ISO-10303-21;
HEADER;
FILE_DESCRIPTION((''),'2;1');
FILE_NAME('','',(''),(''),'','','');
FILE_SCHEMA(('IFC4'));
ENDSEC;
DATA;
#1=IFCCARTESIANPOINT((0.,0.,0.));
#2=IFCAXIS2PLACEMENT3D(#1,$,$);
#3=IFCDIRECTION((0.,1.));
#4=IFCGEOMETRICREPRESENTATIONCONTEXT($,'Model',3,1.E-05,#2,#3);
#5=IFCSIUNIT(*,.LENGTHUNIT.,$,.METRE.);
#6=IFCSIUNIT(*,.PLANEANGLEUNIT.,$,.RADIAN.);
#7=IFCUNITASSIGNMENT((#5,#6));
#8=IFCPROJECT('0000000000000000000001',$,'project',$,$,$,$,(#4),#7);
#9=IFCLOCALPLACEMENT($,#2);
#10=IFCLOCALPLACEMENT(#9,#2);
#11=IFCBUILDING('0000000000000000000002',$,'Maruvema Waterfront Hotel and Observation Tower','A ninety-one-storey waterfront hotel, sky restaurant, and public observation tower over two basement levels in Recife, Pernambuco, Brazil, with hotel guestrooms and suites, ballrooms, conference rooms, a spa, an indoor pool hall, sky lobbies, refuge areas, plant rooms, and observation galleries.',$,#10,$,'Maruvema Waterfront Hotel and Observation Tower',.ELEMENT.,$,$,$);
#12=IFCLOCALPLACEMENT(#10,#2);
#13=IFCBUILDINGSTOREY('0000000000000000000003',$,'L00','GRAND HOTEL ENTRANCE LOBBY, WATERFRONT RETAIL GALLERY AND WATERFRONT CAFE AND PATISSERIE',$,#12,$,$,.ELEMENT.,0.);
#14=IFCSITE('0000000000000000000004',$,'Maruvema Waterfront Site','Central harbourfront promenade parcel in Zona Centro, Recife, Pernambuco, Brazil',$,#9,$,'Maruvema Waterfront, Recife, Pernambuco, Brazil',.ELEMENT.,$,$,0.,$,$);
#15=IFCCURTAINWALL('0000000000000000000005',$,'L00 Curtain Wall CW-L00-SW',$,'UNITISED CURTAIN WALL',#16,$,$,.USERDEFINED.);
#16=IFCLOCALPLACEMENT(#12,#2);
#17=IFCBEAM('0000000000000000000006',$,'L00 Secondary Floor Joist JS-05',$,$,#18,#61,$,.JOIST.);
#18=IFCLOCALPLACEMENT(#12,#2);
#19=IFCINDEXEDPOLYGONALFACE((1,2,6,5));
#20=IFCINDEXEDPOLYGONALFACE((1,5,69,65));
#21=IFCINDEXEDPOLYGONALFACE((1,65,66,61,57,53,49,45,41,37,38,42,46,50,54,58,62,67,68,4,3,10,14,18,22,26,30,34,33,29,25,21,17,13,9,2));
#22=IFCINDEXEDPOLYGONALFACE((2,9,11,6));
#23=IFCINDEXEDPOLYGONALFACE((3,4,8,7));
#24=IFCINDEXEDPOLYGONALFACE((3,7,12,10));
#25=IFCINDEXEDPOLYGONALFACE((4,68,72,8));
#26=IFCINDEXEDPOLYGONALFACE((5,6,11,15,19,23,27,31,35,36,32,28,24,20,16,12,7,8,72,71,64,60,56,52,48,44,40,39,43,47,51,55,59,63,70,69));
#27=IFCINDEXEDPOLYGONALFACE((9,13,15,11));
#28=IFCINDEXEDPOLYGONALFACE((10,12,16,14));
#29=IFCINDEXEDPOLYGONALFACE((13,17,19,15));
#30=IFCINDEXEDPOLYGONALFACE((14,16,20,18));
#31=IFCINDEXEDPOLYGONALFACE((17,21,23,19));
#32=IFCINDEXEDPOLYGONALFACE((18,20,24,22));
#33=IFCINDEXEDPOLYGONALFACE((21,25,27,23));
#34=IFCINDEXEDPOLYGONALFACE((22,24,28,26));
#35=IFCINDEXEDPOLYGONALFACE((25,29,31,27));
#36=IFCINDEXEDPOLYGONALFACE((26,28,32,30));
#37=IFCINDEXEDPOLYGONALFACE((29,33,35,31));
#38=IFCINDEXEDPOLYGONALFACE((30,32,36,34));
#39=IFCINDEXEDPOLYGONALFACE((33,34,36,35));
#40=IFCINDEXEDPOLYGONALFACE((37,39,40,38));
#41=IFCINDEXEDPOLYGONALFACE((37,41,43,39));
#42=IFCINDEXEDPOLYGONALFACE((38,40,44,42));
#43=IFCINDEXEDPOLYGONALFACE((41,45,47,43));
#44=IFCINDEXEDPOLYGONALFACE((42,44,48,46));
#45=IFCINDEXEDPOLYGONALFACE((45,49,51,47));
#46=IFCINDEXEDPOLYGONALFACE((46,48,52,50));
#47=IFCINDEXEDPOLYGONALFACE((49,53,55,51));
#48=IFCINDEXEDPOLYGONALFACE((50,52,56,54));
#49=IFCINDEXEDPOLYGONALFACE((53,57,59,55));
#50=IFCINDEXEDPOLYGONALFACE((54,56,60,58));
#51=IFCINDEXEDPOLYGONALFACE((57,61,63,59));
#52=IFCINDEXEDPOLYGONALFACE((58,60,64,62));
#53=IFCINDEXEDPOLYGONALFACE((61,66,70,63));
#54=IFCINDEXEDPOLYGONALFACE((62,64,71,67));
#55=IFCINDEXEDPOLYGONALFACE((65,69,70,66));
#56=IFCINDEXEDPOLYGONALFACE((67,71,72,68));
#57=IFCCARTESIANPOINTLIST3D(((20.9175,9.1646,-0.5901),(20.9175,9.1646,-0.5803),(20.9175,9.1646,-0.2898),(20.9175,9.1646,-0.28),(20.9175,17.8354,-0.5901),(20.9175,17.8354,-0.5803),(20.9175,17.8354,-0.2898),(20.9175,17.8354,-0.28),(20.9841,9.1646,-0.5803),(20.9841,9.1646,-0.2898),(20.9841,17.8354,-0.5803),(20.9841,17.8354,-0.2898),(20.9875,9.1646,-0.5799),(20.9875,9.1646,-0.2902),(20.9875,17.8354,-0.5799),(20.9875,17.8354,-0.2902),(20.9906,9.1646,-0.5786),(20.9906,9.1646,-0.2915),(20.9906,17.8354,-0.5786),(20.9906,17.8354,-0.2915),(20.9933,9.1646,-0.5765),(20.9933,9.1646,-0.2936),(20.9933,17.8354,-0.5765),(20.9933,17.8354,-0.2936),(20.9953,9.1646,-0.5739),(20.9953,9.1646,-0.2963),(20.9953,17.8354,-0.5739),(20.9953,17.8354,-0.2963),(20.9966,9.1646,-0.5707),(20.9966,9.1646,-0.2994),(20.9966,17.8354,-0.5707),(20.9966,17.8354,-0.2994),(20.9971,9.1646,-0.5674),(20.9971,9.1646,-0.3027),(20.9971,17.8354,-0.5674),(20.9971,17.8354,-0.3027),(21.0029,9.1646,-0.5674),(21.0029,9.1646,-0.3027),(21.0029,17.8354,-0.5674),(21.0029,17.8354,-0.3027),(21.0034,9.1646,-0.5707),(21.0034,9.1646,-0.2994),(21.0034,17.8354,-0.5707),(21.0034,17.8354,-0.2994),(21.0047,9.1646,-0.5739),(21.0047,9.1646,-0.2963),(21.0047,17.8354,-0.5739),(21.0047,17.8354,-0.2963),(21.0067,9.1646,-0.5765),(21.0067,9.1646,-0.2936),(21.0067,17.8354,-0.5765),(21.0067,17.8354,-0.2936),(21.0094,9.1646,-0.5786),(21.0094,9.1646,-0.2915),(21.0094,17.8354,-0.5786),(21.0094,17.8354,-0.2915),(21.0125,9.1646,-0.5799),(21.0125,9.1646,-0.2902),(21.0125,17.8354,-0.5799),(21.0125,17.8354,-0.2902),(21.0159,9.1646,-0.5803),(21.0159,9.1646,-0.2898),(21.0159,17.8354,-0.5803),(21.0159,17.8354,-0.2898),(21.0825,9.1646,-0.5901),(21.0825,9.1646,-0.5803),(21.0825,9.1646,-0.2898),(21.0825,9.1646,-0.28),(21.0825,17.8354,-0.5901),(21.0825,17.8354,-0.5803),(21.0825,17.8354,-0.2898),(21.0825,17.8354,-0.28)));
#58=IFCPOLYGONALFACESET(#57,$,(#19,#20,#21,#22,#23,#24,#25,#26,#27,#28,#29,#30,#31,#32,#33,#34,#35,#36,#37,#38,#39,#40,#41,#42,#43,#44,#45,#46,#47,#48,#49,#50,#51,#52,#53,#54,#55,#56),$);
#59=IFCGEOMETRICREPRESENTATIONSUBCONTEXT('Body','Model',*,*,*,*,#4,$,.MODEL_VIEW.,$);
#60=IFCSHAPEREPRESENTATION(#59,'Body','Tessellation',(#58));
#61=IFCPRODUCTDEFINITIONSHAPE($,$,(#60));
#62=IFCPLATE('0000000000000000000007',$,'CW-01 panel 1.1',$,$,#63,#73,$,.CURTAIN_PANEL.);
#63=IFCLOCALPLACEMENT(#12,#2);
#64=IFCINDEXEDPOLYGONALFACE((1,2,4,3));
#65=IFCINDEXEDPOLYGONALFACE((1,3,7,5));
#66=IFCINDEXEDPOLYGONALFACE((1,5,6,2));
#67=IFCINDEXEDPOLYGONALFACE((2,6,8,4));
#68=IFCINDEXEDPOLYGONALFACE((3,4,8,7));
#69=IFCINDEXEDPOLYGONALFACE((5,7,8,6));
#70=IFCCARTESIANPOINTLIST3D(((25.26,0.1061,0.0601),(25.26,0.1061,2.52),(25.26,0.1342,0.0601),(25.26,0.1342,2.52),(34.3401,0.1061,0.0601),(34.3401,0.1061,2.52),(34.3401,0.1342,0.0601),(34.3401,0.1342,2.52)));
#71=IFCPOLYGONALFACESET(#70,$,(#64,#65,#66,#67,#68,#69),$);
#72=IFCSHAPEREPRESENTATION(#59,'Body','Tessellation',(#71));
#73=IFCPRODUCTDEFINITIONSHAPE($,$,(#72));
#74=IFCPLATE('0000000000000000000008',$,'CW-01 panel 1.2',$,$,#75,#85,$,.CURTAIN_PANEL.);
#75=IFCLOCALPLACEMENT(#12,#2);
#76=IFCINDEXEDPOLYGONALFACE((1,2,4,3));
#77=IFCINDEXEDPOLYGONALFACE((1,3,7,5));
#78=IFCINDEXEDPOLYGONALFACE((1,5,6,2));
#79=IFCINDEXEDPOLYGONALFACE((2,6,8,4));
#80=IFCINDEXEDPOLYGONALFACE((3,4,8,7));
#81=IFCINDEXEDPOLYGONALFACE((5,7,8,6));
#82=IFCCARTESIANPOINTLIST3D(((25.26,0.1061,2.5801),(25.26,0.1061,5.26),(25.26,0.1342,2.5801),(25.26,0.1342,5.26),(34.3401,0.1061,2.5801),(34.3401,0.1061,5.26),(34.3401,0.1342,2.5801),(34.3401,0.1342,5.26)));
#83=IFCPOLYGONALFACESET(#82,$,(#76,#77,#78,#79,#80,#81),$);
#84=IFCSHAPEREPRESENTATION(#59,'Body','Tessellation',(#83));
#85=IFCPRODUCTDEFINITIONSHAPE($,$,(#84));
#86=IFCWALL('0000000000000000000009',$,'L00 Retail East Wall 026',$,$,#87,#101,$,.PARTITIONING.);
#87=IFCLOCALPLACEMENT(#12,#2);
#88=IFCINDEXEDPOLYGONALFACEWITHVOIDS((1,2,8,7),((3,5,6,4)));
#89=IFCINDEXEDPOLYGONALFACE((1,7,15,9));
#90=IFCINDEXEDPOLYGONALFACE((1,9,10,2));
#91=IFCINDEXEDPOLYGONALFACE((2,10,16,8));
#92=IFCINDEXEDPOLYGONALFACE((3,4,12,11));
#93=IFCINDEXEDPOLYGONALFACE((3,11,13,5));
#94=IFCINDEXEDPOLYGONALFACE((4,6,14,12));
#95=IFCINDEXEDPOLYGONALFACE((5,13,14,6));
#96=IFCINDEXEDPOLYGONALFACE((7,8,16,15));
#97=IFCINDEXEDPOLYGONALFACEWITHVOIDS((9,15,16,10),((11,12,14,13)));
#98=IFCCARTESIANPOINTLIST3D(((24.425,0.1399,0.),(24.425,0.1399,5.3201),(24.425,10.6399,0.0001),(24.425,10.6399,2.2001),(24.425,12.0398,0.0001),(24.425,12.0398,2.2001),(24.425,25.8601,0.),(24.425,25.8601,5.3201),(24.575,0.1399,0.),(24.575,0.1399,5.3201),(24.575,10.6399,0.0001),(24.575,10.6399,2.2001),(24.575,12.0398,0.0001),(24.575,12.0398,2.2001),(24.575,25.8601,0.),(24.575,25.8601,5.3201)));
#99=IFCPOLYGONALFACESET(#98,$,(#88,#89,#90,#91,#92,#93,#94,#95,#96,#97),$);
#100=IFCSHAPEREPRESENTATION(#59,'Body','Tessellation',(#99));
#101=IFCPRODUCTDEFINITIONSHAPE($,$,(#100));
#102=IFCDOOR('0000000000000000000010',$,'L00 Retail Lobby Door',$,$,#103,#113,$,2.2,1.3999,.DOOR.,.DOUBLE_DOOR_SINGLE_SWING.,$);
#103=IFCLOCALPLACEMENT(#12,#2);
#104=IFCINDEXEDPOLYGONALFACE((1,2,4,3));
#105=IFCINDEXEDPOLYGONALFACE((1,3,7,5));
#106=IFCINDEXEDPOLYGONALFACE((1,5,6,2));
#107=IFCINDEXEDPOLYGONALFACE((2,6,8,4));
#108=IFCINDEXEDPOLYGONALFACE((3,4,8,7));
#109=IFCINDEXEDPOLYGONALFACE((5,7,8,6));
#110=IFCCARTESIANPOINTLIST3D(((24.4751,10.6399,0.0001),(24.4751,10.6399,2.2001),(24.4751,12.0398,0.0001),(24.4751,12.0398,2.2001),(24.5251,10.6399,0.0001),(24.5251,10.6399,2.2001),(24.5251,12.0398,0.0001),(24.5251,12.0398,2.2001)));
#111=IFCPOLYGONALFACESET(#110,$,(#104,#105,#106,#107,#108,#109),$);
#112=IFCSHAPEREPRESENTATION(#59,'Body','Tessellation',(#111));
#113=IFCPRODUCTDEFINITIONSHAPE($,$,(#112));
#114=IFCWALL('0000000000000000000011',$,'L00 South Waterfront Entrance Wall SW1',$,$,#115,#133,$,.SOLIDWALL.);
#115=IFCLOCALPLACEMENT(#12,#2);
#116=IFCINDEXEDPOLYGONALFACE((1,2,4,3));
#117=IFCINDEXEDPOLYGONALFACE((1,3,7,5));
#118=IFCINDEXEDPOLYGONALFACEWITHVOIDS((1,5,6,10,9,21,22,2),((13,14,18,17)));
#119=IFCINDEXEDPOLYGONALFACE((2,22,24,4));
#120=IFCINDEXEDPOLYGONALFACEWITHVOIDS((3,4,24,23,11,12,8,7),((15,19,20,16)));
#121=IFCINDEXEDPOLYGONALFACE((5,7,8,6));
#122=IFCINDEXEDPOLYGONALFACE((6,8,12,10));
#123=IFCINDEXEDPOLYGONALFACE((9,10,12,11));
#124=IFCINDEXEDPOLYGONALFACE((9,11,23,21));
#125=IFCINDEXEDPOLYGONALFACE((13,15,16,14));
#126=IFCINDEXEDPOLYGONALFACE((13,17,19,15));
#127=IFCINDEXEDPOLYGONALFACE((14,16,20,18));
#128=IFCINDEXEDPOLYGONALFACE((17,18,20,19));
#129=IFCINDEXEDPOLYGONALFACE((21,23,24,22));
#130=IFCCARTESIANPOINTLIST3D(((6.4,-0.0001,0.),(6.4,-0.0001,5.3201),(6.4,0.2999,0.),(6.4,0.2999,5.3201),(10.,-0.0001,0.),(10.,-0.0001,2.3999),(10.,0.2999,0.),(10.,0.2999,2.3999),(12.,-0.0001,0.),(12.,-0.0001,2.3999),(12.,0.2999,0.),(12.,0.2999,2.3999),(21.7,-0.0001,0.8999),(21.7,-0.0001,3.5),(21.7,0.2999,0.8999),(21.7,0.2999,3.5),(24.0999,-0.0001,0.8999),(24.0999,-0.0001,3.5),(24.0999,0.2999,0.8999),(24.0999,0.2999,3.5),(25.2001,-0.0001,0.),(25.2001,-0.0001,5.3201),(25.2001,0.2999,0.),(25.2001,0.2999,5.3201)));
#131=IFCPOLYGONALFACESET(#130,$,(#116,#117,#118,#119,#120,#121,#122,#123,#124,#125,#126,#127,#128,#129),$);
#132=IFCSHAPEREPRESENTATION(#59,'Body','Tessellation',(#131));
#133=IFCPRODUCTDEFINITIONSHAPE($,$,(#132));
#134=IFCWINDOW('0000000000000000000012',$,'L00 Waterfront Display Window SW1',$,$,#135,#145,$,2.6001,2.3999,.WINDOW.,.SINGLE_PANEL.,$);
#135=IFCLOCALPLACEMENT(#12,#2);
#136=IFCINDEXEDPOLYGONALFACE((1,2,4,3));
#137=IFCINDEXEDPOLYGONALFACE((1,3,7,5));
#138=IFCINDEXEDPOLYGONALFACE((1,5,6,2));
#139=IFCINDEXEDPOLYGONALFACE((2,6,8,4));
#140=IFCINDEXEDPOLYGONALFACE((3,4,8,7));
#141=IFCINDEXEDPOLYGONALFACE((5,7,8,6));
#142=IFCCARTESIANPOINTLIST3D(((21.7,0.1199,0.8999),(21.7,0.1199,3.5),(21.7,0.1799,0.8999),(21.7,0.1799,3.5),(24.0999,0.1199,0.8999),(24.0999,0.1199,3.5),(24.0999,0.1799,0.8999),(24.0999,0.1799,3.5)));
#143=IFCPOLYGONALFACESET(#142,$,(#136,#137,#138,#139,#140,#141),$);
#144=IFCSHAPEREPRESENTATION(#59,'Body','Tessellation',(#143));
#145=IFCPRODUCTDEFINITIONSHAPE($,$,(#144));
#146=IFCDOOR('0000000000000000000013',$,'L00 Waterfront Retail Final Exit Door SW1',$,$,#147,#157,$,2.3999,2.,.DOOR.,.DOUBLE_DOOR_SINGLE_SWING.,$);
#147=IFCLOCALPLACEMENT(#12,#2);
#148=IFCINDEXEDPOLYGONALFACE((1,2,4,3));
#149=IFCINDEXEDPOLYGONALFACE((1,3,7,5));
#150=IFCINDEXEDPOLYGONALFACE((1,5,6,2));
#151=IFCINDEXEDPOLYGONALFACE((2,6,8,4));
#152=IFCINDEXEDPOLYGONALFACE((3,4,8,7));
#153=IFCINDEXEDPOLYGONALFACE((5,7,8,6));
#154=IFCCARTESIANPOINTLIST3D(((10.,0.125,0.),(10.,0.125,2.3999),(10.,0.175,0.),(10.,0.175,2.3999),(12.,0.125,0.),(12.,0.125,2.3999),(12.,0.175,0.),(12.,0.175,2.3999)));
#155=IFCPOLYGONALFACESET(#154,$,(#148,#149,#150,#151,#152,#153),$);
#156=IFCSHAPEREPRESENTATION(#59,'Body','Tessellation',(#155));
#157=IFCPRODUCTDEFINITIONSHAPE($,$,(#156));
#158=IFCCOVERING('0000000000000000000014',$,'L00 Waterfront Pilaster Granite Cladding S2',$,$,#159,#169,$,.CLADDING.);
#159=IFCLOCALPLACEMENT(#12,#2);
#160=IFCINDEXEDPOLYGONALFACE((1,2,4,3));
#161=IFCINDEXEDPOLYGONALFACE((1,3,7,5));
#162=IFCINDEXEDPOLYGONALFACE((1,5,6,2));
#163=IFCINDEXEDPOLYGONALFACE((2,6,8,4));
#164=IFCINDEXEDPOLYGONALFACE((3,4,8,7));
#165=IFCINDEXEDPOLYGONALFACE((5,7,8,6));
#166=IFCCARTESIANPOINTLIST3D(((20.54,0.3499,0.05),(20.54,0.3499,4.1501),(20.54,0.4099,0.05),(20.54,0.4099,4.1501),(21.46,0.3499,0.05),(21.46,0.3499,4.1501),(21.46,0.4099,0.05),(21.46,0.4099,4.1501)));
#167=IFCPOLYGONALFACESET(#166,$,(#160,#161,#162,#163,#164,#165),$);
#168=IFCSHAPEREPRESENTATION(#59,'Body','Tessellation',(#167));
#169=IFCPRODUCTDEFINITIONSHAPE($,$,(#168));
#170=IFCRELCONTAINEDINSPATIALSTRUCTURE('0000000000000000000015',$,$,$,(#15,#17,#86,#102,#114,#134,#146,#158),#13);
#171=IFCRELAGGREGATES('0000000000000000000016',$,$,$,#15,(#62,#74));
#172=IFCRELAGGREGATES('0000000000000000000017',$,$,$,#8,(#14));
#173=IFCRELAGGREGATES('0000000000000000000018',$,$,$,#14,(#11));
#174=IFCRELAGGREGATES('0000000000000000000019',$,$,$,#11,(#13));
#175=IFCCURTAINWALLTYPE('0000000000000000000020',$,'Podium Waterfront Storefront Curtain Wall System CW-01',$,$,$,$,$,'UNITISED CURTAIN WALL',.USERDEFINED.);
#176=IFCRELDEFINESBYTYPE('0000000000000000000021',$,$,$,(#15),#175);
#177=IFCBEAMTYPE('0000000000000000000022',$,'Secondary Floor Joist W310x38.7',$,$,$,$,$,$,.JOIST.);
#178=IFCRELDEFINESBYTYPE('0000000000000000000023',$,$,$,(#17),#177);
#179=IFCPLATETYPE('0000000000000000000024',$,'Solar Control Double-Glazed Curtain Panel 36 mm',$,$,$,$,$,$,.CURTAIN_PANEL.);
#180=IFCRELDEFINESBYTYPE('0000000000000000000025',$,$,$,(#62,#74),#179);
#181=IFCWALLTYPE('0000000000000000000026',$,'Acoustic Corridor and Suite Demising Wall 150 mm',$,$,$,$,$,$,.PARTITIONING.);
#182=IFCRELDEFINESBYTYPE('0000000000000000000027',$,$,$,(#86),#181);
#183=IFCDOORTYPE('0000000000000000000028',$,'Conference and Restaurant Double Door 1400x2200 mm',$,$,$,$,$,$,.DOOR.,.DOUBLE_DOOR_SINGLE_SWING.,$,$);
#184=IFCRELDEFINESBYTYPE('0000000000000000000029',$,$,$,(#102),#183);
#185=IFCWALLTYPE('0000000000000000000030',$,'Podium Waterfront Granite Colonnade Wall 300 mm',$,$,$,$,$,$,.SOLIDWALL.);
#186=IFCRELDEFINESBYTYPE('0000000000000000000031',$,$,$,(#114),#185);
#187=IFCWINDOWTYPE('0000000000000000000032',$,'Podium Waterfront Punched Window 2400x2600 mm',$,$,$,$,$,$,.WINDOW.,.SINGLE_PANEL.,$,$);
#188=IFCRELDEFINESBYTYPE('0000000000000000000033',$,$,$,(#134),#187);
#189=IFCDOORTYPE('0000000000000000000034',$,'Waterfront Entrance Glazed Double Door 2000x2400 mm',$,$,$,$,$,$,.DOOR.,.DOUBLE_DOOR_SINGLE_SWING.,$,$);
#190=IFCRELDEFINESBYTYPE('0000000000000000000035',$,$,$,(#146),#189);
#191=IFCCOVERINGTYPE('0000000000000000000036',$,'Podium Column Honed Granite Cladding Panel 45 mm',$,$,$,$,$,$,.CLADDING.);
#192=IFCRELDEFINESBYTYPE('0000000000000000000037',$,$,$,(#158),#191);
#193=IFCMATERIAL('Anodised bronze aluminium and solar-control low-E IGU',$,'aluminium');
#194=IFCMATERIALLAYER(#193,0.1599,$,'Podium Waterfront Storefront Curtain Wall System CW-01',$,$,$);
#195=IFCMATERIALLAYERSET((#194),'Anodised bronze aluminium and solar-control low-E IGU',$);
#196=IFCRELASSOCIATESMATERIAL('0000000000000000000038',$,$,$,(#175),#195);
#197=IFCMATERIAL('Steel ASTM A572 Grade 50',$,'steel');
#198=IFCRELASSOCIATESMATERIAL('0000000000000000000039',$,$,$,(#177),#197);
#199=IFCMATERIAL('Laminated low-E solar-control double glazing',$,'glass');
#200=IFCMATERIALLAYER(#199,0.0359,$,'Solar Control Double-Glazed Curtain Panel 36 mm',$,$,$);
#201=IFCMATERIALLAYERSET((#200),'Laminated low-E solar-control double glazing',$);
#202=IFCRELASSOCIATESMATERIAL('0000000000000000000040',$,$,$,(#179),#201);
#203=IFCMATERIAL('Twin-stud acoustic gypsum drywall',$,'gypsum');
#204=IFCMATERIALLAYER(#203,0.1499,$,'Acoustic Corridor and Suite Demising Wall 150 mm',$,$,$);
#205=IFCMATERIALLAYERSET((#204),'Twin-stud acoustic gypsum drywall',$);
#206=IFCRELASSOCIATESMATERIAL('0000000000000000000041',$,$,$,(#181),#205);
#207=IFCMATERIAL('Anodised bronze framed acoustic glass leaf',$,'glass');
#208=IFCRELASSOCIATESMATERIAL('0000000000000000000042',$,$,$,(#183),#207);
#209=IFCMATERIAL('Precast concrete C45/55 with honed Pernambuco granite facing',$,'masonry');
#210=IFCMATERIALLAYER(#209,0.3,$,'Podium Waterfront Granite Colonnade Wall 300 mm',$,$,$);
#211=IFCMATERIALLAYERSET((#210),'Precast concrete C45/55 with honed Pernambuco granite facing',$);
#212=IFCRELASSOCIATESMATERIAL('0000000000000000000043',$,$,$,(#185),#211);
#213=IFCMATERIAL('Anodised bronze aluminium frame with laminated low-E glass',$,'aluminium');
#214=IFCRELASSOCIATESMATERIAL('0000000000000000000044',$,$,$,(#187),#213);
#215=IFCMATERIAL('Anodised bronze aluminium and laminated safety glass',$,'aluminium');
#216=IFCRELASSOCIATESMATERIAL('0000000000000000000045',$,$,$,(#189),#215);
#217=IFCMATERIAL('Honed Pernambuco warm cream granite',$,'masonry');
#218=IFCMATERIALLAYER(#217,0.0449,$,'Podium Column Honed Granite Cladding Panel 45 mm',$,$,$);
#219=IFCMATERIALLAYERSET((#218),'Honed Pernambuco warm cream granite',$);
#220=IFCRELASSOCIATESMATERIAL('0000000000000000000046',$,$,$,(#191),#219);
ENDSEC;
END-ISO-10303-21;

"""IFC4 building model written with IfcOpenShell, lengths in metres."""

from ifc_helpers import new_model, si_unit, direction, frame, frame_2d, origin, origin_2d, place, context, subcontext, project, spatial, rectangle, i_section, extrude, material, layer, layer_set, material_profile, profile_set, type_object, element, fill, aggregate, save


model = new_model("IFC4")

# Units and contexts
model_context = context("Model", 3, precision=1e-05, world=origin(), true_north=direction((0.0, 1.0)))
body_context = subcontext(model_context, "Body", "Model", "MODEL_VIEW")
ifc_project = project(units=[si_unit("LENGTHUNIT", "METRE"), si_unit("PLANEANGLEUNIT", "RADIAN")], contexts=[model_context])

# Site, building, storey
site_placement = place(None, origin())
site = spatial("IfcSite", under=ifc_project, at=site_placement, Name="Maruvema Waterfront Site", Description="Central harbourfront promenade parcel in Zona Centro, Recife, Pernambuco, Brazil", LongName="Maruvema Waterfront, Recife, Pernambuco, Brazil", CompositionType="ELEMENT", RefElevation=0.0)
building_placement = place(site_placement, origin())
building = spatial("IfcBuilding", under=site, at=building_placement, Name="Maruvema Waterfront Hotel and Observation Tower", Description="A ninety-one-storey waterfront hotel, sky restaurant, and public observation tower over two basement levels in Recife, Pernambuco, Brazil, with hotel guestrooms and suites, ballrooms, conference rooms, a spa, an indoor pool hall, sky lobbies, refuge areas, plant rooms, and observation galleries.", LongName="Maruvema Waterfront Hotel and Observation Tower", CompositionType="ELEMENT")
storey_placement = place(building_placement, origin())
storey = spatial("IfcBuildingStorey", under=building, at=storey_placement, Name="L00", Description="GRAND HOTEL ENTRANCE LOBBY, WATERFRONT RETAIL GALLERY AND WATERFRONT CAFE AND PATISSERIE", CompositionType="ELEMENT", Elevation=0.0)

# Curtain wall
ifc_material_1 = material(Name="Anodised bronze aluminium and solar-control low-E IGU", Category="aluminium")
ifc_layer_1 = layer(ifc_material_1, 0.1599, Name="Podium Waterfront Storefront Curtain Wall System CW-01")
ifc_layer_set_1 = layer_set([ifc_layer_1], Name="Anodised bronze aluminium and solar-control low-E IGU")
curtain_wall_type = type_object("IfcCurtainWallType", Name="Podium Waterfront Storefront Curtain Wall System CW-01", ElementType="UNITISED CURTAIN WALL", PredefinedType="USERDEFINED", material=ifc_layer_set_1)
curtain_wall_placement = place(storey_placement, origin())
curtain_wall = element("IfcCurtainWall", 1, at=curtain_wall_placement, inside=storey, type_object=curtain_wall_type, Name="L00 Curtain Wall CW-L00-SW", ObjectType="UNITISED CURTAIN WALL", PredefinedType="USERDEFINED")

# Beam
ifc_material_2 = material(Name="Steel ASTM A572 Grade 50", Category="steel")
ifc_material_profile_1 = material_profile(ifc_material_2, i_section(OverallWidth=0.165, OverallDepth=0.3101, WebThickness=0.0059, FlangeThickness=0.0098, FilletRadius=0.0129, at=origin_2d()), Name="W310x38.7")
ifc_profile_set_1 = profile_set([ifc_material_profile_1], Name="Steel ASTM A572 Grade 50")
beam_type_1 = type_object("IfcBeamType", Name="Secondary Floor Joist W310x38.7", PredefinedType="JOIST", material=ifc_profile_set_1)
beam_1_placement = place(storey_placement, frame((21.0, 9.1646, -0.4351), z_axis=(0.0, 1.0, 0.0), x_axis=(-1.0, 0.0, 0.0)))
element("IfcBeam", 2, at=beam_1_placement, inside=storey, type_object=beam_type_1, Name="L00 Secondary Floor Joist JS-05", PredefinedType="JOIST", context=body_context, shape_type="SweptSolid", body=[
    extrude(i_section(OverallWidth=0.165, OverallDepth=0.3101, WebThickness=0.0059, FlangeThickness=0.0098, FilletRadius=0.0129, at=origin_2d()), origin(), (0.0, 0.0, 1.0), 8.6709),
])

# Plates
ifc_material_3 = material(Name="Laminated low-E solar-control double glazing", Category="glass")
ifc_layer_2 = layer(ifc_material_3, 0.0359, Name="Solar Control Double-Glazed Curtain Panel 36 mm")
ifc_layer_set_2 = layer_set([ifc_layer_2], Name="Laminated low-E solar-control double glazing")
plate_type = type_object("IfcPlateType", Name="Solar Control Double-Glazed Curtain Panel 36 mm", PredefinedType="CURTAIN_PANEL", material=ifc_layer_set_2)
plate_1_placement = place(storey_placement, frame((29.8, 0.1201, 0.0601), z_axis=(0.0, 0.0, 1.0), x_axis=(1.0, 0.0, 0.0)))
plate_1 = element("IfcPlate", 3, at=plate_1_placement, type_object=plate_type, Name="CW-01 panel 1.1", PredefinedType="CURTAIN_PANEL", context=body_context, shape_type="SweptSolid", body=[
    extrude(rectangle(XDim=9.0801, YDim=0.0281, at=origin_2d()), origin(), (0.0, 0.0, 1.0), 2.46),
])
plate_2_placement = place(storey_placement, frame((29.8, 0.1201, 2.5801), z_axis=(0.0, 0.0, 1.0), x_axis=(1.0, 0.0, 0.0)))
plate_2 = element("IfcPlate", 4, at=plate_2_placement, type_object=plate_type, Name="CW-01 panel 1.2", PredefinedType="CURTAIN_PANEL", context=body_context, shape_type="SweptSolid", body=[
    extrude(rectangle(XDim=9.0801, YDim=0.0281, at=origin_2d()), origin(), (0.0, 0.0, 1.0), 2.6799),
])
aggregate(curtain_wall, [plate_1, plate_2])

# Wall, opening, door
ifc_material_4 = material(Name="Twin-stud acoustic gypsum drywall", Category="gypsum")
ifc_layer_3 = layer(ifc_material_4, 0.1499, Name="Acoustic Corridor and Suite Demising Wall 150 mm")
ifc_layer_set_3 = layer_set([ifc_layer_3], Name="Twin-stud acoustic gypsum drywall")
wall_type_1 = type_object("IfcWallType", Name="Acoustic Corridor and Suite Demising Wall 150 mm", PredefinedType="PARTITIONING", material=ifc_layer_set_3)
wall_1_placement = place(storey_placement, frame((24.5, 0.1399, 0.0), z_axis=(0.0, 0.0, 1.0), x_axis=(0.0, 1.0, 0.0)))
wall_1 = element("IfcWall", 5, at=wall_1_placement, inside=storey, type_object=wall_type_1, Name="L00 Retail East Wall 026", PredefinedType="PARTITIONING", context=body_context, shape_type="SweptSolid", body=[
    extrude(rectangle(XDim=25.7202, YDim=0.1499, at=frame_2d((12.8601, 0.0))), origin(), (0.0, 0.0, 1.0), 5.3201),
])
opening_1_placement = place(wall_1_placement, frame((10.5, 0.0, 0.0)))
opening_1 = element("IfcOpeningElement", 6, at=opening_1_placement, cuts=wall_1, PredefinedType="OPENING", context=body_context, shape_type="SweptSolid", body=[
    extrude(rectangle(XDim=1.3999, YDim=2.2, at=frame_2d((0.7, 1.1001))), frame((0.0, 0.085, 0.0), z_axis=(0.0, -1.0, 0.0), x_axis=(1.0, 0.0, 0.0)), (0.0, 0.0, 1.0), 0.1699),
])
ifc_material_5 = material(Name="Anodised bronze framed acoustic glass leaf", Category="glass")
door_type_1 = type_object("IfcDoorType", Name="Conference and Restaurant Double Door 1400x2200 mm", OperationType="DOUBLE_DOOR_SINGLE_SWING", PredefinedType="DOOR", material=ifc_material_5)
door_1_placement = place(opening_1_placement, origin())
door_1 = element("IfcDoor", 7, at=door_1_placement, inside=storey, type_object=door_type_1, Name="L00 Retail Lobby Door", OperationType="DOUBLE_DOOR_SINGLE_SWING", OverallHeight=2.2, OverallWidth=1.3999, PredefinedType="DOOR", context=body_context, shape_type="SweptSolid", body=[
    extrude(rectangle(XDim=1.3999, YDim=2.2, at=frame_2d((0.7, 1.1001))), frame((0.0, 0.0249, 0.0), z_axis=(0.0, -1.0, 0.0), x_axis=(1.0, 0.0, 0.0)), (0.0, 0.0, 1.0), 0.05),
])
fill(opening_1, door_1)

# Wall, openings, window, door
ifc_material_6 = material(Name="Precast concrete C45/55 with honed Pernambuco granite facing", Category="masonry")
ifc_layer_4 = layer(ifc_material_6, 0.3, Name="Podium Waterfront Granite Colonnade Wall 300 mm")
ifc_layer_set_4 = layer_set([ifc_layer_4], Name="Precast concrete C45/55 with honed Pernambuco granite facing")
wall_type_2 = type_object("IfcWallType", Name="Podium Waterfront Granite Colonnade Wall 300 mm", PredefinedType="SOLIDWALL", material=ifc_layer_set_4)
wall_2_placement = place(storey_placement, frame((25.2, 0.1499, 0.0), z_axis=(0.0, 0.0, 1.0), x_axis=(-1.0, 0.0, 0.0)))
wall_2 = element("IfcWall", 8, at=wall_2_placement, inside=storey, type_object=wall_type_2, Name="L00 South Waterfront Entrance Wall SW1", PredefinedType="SOLIDWALL", context=body_context, shape_type="SweptSolid", body=[
    extrude(rectangle(XDim=18.8, YDim=0.3, at=frame_2d((9.3999, 0.0))), origin(), (0.0, 0.0, 1.0), 5.3201),
])
opening_2_placement = place(wall_2_placement, frame((13.2, 0.0, 0.0)))
opening_2 = element("IfcOpeningElement", 9, at=opening_2_placement, cuts=wall_2, PredefinedType="OPENING", context=body_context, shape_type="SweptSolid", body=[
    extrude(rectangle(XDim=2.0, YDim=2.3999, at=frame_2d((1.0, 1.2))), frame((0.0, 0.1602, 0.0), z_axis=(0.0, -1.0, 0.0), x_axis=(1.0, 0.0, 0.0)), (0.0, 0.0, 1.0), 0.3201),
])
opening_3_placement = place(wall_2_placement, frame((1.1001, 0.0, 0.8999)))
opening_3 = element("IfcOpeningElement", 10, at=opening_3_placement, cuts=wall_2, PredefinedType="OPENING", context=body_context, shape_type="SweptSolid", body=[
    extrude(rectangle(XDim=2.3999, YDim=2.6001, at=frame_2d((1.2, 1.3))), frame((0.0, 0.1602, 0.0), z_axis=(0.0, -1.0, 0.0), x_axis=(1.0, 0.0, 0.0)), (0.0, 0.0, 1.0), 0.3201),
])
ifc_material_7 = material(Name="Anodised bronze aluminium frame with laminated low-E glass", Category="aluminium")
window_type = type_object("IfcWindowType", Name="Podium Waterfront Punched Window 2400x2600 mm", PartitioningType="SINGLE_PANEL", PredefinedType="WINDOW", material=ifc_material_7)
window_placement = place(opening_3_placement, origin())
window = element("IfcWindow", 11, at=window_placement, inside=storey, type_object=window_type, Name="L00 Waterfront Display Window SW1", OverallHeight=2.6001, OverallWidth=2.3999, PartitioningType="SINGLE_PANEL", PredefinedType="WINDOW", context=body_context, shape_type="SweptSolid", body=[
    extrude(rectangle(XDim=2.3999, YDim=2.6001, at=frame_2d((1.2, 1.3))), frame((0.0, 0.03, 0.0), z_axis=(0.0, -1.0, 0.0), x_axis=(1.0, 0.0, 0.0)), (0.0, 0.0, 1.0), 0.0601),
])
fill(opening_3, window)
ifc_material_8 = material(Name="Anodised bronze aluminium and laminated safety glass", Category="aluminium")
door_type_2 = type_object("IfcDoorType", Name="Waterfront Entrance Glazed Double Door 2000x2400 mm", OperationType="DOUBLE_DOOR_SINGLE_SWING", PredefinedType="DOOR", material=ifc_material_8)
door_2_placement = place(opening_2_placement, origin())
door_2 = element("IfcDoor", 12, at=door_2_placement, inside=storey, type_object=door_type_2, Name="L00 Waterfront Retail Final Exit Door SW1", OperationType="DOUBLE_DOOR_SINGLE_SWING", OverallHeight=2.3999, OverallWidth=2.0, PredefinedType="DOOR", context=body_context, shape_type="SweptSolid", body=[
    extrude(rectangle(XDim=2.0, YDim=2.3999, at=frame_2d((1.0, 1.2))), frame((0.0, 0.0249, 0.0), z_axis=(0.0, -1.0, 0.0), x_axis=(1.0, 0.0, 0.0)), (0.0, 0.0, 1.0), 0.05),
])
fill(opening_2, door_2)

# Covering
ifc_material_9 = material(Name="Honed Pernambuco warm cream granite", Category="masonry")
ifc_layer_5 = layer(ifc_material_9, 0.0449, Name="Podium Column Honed Granite Cladding Panel 45 mm")
ifc_layer_set_5 = layer_set([ifc_layer_5], Name="Honed Pernambuco warm cream granite")
covering_type = type_object("IfcCoveringType", Name="Podium Column Honed Granite Cladding Panel 45 mm", PredefinedType="CLADDING", material=ifc_layer_set_5)
covering_placement = place(storey_placement, frame((21.0, 0.3799, 0.05), z_axis=(0.0, 0.0, 1.0), x_axis=(1.0, 0.0, 0.0)))
element("IfcCovering", 13, at=covering_placement, inside=storey, type_object=covering_type, Name="L00 Waterfront Pilaster Granite Cladding S2", PredefinedType="CLADDING", context=body_context, shape_type="SweptSolid", body=[
    extrude(rectangle(XDim=0.9199, YDim=0.0601, at=origin_2d()), origin(), (0.0, 0.0, 1.0), 4.1001),
])

save(model, "model.ifc")
